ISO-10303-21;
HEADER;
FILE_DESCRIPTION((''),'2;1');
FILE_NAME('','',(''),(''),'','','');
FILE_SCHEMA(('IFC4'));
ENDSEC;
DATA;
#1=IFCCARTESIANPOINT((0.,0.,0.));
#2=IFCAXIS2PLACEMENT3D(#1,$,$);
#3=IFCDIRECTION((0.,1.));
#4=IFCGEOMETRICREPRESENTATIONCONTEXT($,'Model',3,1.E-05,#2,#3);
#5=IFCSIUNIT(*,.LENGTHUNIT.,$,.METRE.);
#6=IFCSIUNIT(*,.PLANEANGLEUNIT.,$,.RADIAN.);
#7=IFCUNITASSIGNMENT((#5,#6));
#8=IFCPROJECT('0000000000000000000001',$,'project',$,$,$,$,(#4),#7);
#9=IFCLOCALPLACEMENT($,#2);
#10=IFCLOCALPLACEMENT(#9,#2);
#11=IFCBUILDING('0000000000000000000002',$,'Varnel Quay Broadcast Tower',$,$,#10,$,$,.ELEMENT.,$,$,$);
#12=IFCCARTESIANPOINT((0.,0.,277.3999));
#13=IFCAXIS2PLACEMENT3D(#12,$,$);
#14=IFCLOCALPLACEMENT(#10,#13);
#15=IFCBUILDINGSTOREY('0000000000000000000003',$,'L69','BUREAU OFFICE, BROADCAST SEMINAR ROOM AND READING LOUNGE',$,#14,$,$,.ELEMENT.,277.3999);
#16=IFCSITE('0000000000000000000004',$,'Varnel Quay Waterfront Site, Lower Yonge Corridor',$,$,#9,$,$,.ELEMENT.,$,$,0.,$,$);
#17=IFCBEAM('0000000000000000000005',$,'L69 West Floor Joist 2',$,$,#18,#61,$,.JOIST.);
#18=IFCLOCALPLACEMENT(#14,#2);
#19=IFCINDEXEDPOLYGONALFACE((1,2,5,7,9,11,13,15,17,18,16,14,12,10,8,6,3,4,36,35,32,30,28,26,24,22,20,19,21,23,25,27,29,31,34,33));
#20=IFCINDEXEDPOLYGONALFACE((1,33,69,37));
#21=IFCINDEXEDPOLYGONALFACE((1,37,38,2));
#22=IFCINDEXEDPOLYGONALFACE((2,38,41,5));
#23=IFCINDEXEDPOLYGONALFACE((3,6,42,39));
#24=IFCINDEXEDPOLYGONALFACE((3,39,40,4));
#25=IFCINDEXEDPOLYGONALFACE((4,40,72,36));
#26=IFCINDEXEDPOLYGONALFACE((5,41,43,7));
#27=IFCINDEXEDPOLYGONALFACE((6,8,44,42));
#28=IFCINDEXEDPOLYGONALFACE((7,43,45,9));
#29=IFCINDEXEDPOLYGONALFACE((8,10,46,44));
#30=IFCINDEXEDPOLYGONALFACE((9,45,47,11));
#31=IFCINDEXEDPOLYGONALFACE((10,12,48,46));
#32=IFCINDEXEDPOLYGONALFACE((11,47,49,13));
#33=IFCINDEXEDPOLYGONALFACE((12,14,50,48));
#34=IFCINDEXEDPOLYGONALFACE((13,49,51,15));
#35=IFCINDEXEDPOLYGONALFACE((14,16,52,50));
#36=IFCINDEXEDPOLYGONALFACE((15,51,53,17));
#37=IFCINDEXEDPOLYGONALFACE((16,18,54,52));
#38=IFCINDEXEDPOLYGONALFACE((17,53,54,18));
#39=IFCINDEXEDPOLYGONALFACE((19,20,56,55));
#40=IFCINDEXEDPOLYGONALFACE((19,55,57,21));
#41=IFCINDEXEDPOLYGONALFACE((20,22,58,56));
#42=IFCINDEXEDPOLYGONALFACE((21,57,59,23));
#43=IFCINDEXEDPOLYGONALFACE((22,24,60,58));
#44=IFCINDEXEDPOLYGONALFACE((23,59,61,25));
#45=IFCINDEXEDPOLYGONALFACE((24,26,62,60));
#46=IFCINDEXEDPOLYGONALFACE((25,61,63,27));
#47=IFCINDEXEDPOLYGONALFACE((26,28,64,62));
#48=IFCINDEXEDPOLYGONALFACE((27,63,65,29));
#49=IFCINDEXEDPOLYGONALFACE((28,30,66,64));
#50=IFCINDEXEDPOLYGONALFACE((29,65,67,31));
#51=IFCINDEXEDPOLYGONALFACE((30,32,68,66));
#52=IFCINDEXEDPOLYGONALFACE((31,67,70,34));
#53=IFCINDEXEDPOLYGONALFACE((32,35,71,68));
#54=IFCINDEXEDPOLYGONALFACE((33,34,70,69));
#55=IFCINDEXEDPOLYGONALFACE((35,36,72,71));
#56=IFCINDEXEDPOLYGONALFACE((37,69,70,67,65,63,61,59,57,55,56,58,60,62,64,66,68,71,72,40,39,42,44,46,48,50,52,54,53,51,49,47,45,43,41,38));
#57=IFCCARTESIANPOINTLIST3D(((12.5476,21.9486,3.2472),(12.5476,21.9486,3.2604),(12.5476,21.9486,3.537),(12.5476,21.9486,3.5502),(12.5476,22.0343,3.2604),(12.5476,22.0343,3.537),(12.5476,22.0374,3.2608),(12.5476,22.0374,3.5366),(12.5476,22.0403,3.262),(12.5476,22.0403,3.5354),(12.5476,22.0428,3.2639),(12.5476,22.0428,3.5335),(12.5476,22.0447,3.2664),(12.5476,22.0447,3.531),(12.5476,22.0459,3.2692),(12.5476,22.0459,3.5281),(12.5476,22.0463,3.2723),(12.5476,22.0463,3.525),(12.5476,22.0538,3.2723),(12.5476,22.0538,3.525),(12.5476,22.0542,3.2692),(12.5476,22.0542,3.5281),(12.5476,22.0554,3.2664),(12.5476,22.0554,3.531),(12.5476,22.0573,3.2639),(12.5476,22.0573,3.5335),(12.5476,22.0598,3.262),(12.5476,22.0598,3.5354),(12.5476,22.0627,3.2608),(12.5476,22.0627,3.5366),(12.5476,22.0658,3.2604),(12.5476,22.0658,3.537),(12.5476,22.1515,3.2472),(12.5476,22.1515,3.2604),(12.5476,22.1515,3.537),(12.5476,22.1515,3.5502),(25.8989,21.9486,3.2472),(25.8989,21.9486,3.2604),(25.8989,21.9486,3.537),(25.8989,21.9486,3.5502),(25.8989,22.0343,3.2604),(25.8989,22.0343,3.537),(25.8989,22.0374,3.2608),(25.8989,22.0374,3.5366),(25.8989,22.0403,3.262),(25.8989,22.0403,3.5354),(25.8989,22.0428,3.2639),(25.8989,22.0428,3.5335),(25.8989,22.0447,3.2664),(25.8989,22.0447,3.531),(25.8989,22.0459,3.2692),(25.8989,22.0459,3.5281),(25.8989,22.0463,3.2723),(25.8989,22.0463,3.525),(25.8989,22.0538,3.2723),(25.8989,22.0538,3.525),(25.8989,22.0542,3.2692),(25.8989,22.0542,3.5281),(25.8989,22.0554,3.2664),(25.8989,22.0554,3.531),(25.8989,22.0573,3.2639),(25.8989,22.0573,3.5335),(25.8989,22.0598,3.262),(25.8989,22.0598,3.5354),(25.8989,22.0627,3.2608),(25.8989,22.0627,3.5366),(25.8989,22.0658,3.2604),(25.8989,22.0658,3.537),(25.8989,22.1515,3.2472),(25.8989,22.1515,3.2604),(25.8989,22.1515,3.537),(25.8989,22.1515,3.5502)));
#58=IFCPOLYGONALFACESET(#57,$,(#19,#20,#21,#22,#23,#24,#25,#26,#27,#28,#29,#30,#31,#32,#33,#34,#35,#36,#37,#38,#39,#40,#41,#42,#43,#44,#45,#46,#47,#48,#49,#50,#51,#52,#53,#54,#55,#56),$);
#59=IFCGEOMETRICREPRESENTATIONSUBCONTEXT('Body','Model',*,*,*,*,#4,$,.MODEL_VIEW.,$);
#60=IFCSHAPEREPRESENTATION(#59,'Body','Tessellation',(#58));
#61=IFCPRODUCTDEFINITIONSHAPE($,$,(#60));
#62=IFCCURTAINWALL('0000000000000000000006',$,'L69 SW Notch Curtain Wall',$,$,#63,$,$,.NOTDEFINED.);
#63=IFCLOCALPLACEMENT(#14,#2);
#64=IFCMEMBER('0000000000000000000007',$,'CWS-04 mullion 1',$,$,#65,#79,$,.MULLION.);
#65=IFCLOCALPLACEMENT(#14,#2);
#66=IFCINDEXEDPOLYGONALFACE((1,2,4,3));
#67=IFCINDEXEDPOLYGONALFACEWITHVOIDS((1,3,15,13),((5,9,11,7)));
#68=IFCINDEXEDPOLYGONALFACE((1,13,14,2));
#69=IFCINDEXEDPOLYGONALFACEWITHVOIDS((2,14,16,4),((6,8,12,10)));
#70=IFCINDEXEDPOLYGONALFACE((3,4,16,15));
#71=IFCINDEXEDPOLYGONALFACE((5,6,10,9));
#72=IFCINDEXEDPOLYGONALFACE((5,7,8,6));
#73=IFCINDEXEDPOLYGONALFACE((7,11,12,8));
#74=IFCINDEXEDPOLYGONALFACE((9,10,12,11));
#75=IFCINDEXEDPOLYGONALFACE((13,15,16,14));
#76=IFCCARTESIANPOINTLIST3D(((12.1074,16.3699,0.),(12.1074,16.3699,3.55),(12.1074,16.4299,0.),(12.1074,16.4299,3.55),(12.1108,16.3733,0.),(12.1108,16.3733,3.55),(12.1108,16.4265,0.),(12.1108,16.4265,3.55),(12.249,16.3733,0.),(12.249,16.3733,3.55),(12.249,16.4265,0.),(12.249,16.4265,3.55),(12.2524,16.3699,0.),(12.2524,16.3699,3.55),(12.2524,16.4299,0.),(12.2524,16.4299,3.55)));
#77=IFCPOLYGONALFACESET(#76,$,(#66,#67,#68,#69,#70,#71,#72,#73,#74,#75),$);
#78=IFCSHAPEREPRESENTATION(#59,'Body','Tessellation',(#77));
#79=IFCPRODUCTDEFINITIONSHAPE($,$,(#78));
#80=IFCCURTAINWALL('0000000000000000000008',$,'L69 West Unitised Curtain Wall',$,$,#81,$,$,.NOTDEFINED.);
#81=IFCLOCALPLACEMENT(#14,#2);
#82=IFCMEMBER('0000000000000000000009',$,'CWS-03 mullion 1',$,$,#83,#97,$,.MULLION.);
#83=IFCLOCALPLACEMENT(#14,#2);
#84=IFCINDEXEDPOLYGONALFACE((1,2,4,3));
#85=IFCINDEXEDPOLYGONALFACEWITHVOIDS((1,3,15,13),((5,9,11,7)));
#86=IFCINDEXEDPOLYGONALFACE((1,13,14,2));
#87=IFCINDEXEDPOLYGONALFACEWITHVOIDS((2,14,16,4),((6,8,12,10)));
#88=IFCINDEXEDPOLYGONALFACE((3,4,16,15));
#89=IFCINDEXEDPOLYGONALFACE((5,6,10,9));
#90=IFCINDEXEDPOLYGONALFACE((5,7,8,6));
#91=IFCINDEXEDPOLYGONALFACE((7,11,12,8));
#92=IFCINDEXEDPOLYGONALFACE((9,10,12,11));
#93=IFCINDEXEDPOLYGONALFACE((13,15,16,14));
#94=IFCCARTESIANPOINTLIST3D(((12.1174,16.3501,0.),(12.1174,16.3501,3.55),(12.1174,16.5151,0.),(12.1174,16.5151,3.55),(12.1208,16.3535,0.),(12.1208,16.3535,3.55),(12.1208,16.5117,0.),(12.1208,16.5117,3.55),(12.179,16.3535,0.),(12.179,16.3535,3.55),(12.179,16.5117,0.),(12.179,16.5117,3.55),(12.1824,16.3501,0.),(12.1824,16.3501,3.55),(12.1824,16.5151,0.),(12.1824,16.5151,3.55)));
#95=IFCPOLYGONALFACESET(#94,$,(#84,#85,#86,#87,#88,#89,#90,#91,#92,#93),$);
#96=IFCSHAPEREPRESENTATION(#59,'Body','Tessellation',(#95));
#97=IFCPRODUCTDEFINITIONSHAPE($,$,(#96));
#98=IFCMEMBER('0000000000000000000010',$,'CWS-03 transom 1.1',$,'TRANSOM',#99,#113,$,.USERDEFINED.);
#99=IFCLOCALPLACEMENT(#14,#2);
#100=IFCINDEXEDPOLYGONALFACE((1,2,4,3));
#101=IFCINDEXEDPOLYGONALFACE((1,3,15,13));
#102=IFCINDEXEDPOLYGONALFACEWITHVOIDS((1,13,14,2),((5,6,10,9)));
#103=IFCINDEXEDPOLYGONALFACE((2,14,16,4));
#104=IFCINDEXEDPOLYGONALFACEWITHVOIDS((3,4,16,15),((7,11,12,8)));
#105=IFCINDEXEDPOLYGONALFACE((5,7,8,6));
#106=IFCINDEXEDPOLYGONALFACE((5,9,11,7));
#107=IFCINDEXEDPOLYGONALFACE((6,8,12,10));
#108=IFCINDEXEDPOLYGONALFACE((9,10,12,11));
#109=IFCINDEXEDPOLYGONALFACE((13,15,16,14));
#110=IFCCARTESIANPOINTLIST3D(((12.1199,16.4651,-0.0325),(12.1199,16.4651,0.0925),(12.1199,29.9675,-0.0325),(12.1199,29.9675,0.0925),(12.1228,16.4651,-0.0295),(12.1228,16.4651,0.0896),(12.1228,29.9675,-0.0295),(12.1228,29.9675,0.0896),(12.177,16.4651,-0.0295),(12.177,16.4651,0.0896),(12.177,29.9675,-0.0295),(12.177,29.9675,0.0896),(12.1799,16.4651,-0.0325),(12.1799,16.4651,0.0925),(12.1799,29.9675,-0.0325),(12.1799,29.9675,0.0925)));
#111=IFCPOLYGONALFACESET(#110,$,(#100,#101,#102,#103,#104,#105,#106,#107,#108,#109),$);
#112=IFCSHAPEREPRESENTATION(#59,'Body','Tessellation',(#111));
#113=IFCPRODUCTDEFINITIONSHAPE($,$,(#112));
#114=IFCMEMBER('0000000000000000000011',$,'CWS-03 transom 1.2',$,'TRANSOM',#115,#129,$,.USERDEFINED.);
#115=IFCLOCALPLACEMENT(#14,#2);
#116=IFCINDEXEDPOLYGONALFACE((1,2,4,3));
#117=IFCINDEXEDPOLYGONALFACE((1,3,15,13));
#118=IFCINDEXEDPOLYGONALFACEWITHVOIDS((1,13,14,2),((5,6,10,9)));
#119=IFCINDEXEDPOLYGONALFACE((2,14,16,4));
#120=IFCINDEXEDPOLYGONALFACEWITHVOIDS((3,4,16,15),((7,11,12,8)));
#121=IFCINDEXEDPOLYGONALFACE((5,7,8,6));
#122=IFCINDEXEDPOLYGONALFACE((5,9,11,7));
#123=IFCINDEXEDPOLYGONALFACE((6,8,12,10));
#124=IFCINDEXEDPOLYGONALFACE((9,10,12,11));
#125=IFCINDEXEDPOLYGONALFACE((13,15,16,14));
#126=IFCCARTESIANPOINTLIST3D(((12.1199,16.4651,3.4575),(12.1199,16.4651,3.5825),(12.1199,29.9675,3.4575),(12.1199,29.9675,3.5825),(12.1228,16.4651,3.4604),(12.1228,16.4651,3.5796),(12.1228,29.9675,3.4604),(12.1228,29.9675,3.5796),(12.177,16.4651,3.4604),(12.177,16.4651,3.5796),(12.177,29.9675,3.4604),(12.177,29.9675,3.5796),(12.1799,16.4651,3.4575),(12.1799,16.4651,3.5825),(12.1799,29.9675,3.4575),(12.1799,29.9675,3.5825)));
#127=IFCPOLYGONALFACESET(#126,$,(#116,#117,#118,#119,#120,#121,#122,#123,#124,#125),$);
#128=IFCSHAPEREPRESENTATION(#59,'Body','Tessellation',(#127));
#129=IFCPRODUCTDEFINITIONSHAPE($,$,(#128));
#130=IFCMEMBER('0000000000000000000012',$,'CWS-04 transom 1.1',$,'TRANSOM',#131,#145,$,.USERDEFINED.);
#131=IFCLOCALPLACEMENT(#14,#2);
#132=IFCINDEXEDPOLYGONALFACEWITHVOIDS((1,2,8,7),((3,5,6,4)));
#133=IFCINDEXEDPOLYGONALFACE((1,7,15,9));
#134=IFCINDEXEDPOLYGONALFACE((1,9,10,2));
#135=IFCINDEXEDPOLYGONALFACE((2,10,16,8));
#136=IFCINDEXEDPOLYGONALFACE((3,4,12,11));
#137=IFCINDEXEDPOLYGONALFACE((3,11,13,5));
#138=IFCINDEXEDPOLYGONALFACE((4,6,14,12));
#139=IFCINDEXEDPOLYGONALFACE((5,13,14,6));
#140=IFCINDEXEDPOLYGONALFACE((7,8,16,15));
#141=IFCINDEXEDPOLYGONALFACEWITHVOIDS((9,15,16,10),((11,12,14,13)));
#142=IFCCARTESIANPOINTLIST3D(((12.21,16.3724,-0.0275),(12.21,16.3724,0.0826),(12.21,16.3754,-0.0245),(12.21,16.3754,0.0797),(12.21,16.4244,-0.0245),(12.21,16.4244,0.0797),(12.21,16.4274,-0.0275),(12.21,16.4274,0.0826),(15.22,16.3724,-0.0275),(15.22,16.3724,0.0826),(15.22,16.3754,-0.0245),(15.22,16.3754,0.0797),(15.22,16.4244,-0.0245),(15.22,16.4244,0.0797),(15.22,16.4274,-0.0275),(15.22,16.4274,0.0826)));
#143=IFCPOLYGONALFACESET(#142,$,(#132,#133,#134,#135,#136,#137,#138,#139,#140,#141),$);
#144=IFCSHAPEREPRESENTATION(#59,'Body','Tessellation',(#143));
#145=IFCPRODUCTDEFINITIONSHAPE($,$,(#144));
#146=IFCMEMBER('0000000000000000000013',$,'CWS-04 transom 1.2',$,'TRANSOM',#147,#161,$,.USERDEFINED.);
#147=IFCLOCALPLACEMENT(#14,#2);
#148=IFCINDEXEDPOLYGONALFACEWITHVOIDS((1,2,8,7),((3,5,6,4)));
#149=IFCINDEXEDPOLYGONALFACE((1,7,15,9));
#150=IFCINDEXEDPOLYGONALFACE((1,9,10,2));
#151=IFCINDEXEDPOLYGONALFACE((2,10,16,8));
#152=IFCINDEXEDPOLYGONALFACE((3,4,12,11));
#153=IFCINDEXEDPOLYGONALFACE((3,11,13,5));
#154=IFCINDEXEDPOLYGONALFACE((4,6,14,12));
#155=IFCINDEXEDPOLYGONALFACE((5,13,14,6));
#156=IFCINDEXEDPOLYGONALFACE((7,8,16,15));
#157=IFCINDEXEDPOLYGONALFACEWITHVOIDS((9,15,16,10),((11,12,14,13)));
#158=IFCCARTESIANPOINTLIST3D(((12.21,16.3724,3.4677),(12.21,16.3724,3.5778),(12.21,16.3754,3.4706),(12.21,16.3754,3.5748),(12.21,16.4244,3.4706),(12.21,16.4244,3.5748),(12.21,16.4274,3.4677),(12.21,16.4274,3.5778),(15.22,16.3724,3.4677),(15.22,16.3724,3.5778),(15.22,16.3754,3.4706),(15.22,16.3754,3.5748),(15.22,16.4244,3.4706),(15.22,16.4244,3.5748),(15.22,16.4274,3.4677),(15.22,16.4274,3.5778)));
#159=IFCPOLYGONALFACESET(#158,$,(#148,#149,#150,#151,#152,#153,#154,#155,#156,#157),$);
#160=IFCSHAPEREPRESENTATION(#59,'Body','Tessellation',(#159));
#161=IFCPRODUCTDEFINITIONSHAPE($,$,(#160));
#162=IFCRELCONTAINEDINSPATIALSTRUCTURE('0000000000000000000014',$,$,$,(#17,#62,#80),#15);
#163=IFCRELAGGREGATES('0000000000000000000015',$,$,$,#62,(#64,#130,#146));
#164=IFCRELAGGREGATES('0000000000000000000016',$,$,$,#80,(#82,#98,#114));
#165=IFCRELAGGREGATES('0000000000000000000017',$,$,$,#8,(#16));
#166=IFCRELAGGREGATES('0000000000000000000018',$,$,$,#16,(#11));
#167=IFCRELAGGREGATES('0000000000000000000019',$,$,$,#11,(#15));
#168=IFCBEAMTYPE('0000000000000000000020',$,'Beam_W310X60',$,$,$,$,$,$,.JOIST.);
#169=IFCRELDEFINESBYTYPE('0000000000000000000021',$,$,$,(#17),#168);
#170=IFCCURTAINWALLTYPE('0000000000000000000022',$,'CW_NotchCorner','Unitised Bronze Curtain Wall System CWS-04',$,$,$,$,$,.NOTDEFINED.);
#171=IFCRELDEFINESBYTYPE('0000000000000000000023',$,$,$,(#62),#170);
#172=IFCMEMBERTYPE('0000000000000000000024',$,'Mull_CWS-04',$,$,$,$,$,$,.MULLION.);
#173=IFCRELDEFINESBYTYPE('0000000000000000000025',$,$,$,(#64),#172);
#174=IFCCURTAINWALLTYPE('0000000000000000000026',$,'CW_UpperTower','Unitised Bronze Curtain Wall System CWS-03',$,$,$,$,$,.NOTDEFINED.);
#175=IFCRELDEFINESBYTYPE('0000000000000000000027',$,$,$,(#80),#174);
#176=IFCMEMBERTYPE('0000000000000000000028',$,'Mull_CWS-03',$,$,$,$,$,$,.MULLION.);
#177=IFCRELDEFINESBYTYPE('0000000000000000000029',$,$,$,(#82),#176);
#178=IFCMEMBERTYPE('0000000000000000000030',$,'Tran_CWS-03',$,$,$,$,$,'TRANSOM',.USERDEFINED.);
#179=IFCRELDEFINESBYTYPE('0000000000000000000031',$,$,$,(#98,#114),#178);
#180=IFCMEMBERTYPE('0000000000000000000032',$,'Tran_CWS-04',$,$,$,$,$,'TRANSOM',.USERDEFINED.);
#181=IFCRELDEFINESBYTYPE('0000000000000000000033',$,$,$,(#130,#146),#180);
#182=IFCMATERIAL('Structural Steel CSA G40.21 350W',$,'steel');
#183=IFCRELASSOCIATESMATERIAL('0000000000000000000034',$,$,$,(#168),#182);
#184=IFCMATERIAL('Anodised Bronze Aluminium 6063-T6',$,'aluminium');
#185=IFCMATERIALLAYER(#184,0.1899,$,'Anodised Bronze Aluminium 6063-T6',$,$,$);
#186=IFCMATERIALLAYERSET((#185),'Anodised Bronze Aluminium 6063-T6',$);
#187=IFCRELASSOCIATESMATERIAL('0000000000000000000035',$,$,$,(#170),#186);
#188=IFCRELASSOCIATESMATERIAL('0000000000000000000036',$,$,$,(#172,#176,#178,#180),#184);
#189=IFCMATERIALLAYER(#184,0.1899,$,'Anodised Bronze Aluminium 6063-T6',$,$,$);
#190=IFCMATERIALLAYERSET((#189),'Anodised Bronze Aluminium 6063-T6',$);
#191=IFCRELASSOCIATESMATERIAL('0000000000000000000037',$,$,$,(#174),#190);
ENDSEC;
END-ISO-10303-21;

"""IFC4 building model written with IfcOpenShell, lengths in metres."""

from ifc_helpers import new_model, si_unit, direction, frame, origin, origin_2d, place, context, subcontext, project, spatial, hollow_rectangle, i_section, extrude, source, transform, mapped, material, layer, layer_set, material_profile, profile_set, type_object, type_shapes, element, aggregate, save


model = new_model("IFC4")

# Units and contexts
model_context = context("Model", 3, precision=1e-05, world=origin(), true_north=direction((0.0, 1.0)))
body_context = subcontext(model_context, "Body", "Model", "MODEL_VIEW")
ifc_project = project(units=[si_unit("LENGTHUNIT", "METRE"), si_unit("PLANEANGLEUNIT", "RADIAN")], contexts=[model_context])

# Site, building, storey
site_placement = place(None, origin())
site = spatial("IfcSite", under=ifc_project, at=site_placement, Name="Varnel Quay Waterfront Site, Lower Yonge Corridor", CompositionType="ELEMENT", RefElevation=0.0)
building_placement = place(site_placement, origin())
building = spatial("IfcBuilding", under=site, at=building_placement, Name="Varnel Quay Broadcast Tower", CompositionType="ELEMENT")
storey_placement = place(building_placement, frame((0.0, 0.0, 277.3999)))
storey = spatial("IfcBuildingStorey", under=building, at=storey_placement, Name="L69", Description="BUREAU OFFICE, BROADCAST SEMINAR ROOM AND READING LOUNGE", CompositionType="ELEMENT", Elevation=277.3999)

# Shared definitions
ifc_material_1 = material(Name="Structural Steel CSA G40.21 350W", Category="steel")

# Beam
ifc_material_profile_1 = material_profile(ifc_material_1, i_section(OverallWidth=0.2029, OverallDepth=0.303, WebThickness=0.0076, FlangeThickness=0.0132, FilletRadius=0.012, at=origin_2d()), Name="W310X60")
ifc_profile_set_1 = profile_set([ifc_material_profile_1], Name="Structural Steel CSA G40.21 350W")
beam_type_1 = type_object("IfcBeamType", Name="Beam_W310X60", PredefinedType="JOIST", material=ifc_profile_set_1)
shared_shape_1 = source(origin(), body_context, "Body", "SweptSolid", [
    extrude(i_section(OverallWidth=0.2029, OverallDepth=0.303, WebThickness=0.0076, FlangeThickness=0.0132, FilletRadius=0.012, at=origin_2d()), origin(), (0.0, 0.0, 1.0), 13.3513),
])
type_shapes(beam_type_1, [shared_shape_1])
beam_1_placement = place(storey_placement, frame((12.5476, 22.05, 3.3987), z_axis=(1.0, 0.0, 0.0), x_axis=(0.0, 1.0, 0.0)))
element("IfcBeam", 1, at=beam_1_placement, inside=storey, type_object=beam_type_1, Name="L69 West Floor Joist 2", PredefinedType="JOIST", context=body_context, shape_type="MappedRepresentation", body=[
    mapped(shared_shape_1, transform((0.0, 0.0, 0.0), x_axis=(1.0, 0.0, 0.0), y_axis=(0.0, 1.0, 0.0), z_axis=(0.0, 0.0, 1.0), scale=1.0)),
])

# Curtain wall, member
ifc_material_2 = material(Name="Anodised Bronze Aluminium 6063-T6", Category="aluminium")
ifc_layer_1 = layer(ifc_material_2, 0.1899, Name="Anodised Bronze Aluminium 6063-T6")
ifc_layer_set_1 = layer_set([ifc_layer_1], Name="Anodised Bronze Aluminium 6063-T6")
curtain_wall_type_1 = type_object("IfcCurtainWallType", Name="CW_NotchCorner", Description="Unitised Bronze Curtain Wall System CWS-04", PredefinedType="NOTDEFINED", material=ifc_layer_set_1)
curtain_wall_1_placement = place(storey_placement, origin())
curtain_wall_1 = element("IfcCurtainWall", 2, at=curtain_wall_1_placement, inside=storey, type_object=curtain_wall_type_1, Name="L69 SW Notch Curtain Wall", PredefinedType="NOTDEFINED")
ifc_material_profile_2 = material_profile(ifc_material_2, hollow_rectangle(XDim=0.0601, YDim=0.145, WallThickness=0.0034, at=origin_2d()), Name="ALU60X145X3.5")
ifc_profile_set_2 = profile_set([ifc_material_profile_2], Name="Anodised Bronze Aluminium 6063-T6")
member_type_1 = type_object("IfcMemberType", Name="Mull_CWS-04", PredefinedType="MULLION", material=ifc_profile_set_2)
shared_shape_2 = source(origin(), body_context, "Body", "SweptSolid", [
    extrude(hollow_rectangle(XDim=0.0601, YDim=0.145, WallThickness=0.0034, at=origin_2d()), origin(), (0.0, 0.0, 1.0), 3.55),
])
type_shapes(member_type_1, [shared_shape_2])
member_1_placement = place(storey_placement, frame((12.1799, 16.3999, 0.0), z_axis=(0.0, 0.0, 1.0), x_axis=(0.0, 1.0, 0.0)))
member_1 = element("IfcMember", 3, at=member_1_placement, type_object=member_type_1, Name="CWS-04 mullion 1", PredefinedType="MULLION", context=body_context, shape_type="MappedRepresentation", body=[
    mapped(shared_shape_2, transform((0.0, 0.0, 0.0), x_axis=(1.0, 0.0, 0.0), y_axis=(0.0, 1.0, 0.0), z_axis=(0.0, 0.0, 1.0), scale=1.0)),
])

# Curtain wall, members
ifc_layer_2 = layer(ifc_material_2, 0.1899, Name="Anodised Bronze Aluminium 6063-T6")
ifc_layer_set_2 = layer_set([ifc_layer_2], Name="Anodised Bronze Aluminium 6063-T6")
curtain_wall_type_2 = type_object("IfcCurtainWallType", Name="CW_UpperTower", Description="Unitised Bronze Curtain Wall System CWS-03", PredefinedType="NOTDEFINED", material=ifc_layer_set_2)
curtain_wall_2_placement = place(storey_placement, origin())
curtain_wall_2 = element("IfcCurtainWall", 4, at=curtain_wall_2_placement, inside=storey, type_object=curtain_wall_type_2, Name="L69 West Unitised Curtain Wall", PredefinedType="NOTDEFINED")
ifc_material_profile_3 = material_profile(ifc_material_2, hollow_rectangle(XDim=0.0649, YDim=0.165, WallThickness=0.0034, at=origin_2d()), Name="ALU65X165X3.5")
ifc_profile_set_3 = profile_set([ifc_material_profile_3], Name="Anodised Bronze Aluminium 6063-T6")
member_type_2 = type_object("IfcMemberType", Name="Mull_CWS-03", PredefinedType="MULLION", material=ifc_profile_set_3)
shared_shape_3 = source(origin(), body_context, "Body", "SweptSolid", [
    extrude(hollow_rectangle(XDim=0.0649, YDim=0.165, WallThickness=0.0034, at=origin_2d()), origin(), (0.0, 0.0, 1.0), 3.55),
])
type_shapes(member_type_2, [shared_shape_3])
member_2_placement = place(storey_placement, frame((12.1499, 16.4326, 0.0), z_axis=(0.0, 0.0, 1.0), x_axis=(-1.0, 0.0, 0.0)))
member_2 = element("IfcMember", 5, at=member_2_placement, type_object=member_type_2, Name="CWS-03 mullion 1", PredefinedType="MULLION", context=body_context, shape_type="MappedRepresentation", body=[
    mapped(shared_shape_3, transform((0.0, 0.0, 0.0), x_axis=(1.0, 0.0, 0.0), y_axis=(0.0, 1.0, 0.0), z_axis=(0.0, 0.0, 1.0), scale=1.0)),
])
ifc_material_profile_4 = material_profile(ifc_material_2, hollow_rectangle(XDim=0.0601, YDim=0.125, WallThickness=0.0029, at=origin_2d()), Name="ALU60X125X3")
ifc_profile_set_4 = profile_set([ifc_material_profile_4], Name="Anodised Bronze Aluminium 6063-T6")
member_type_3 = type_object("IfcMemberType", Name="Tran_CWS-03", ElementType="TRANSOM", PredefinedType="USERDEFINED", material=ifc_profile_set_4)
shared_shape_4 = source(origin(), body_context, "Body", "SweptSolid", [
    extrude(hollow_rectangle(XDim=0.0601, YDim=0.125, WallThickness=0.0029, at=origin_2d()), origin(), (0.0, 0.0, 1.0), 13.5024),
])
type_shapes(member_type_3, [shared_shape_4])
member_3_placement = place(storey_placement, frame((12.1499, 16.4651, 0.03), z_axis=(0.0, 1.0, 0.0), x_axis=(-1.0, 0.0, 0.0)))
member_3 = element("IfcMember", 6, at=member_3_placement, type_object=member_type_3, Name="CWS-03 transom 1.1", ObjectType="TRANSOM", PredefinedType="USERDEFINED", context=body_context, shape_type="MappedRepresentation", body=[
    mapped(shared_shape_4, transform((0.0, 0.0, 0.0), x_axis=(1.0, 0.0, 0.0), y_axis=(0.0, 1.0, 0.0), z_axis=(0.0, 0.0, 1.0), scale=1.0)),
])
member_4_placement = place(storey_placement, frame((12.1499, 16.4651, 3.52), z_axis=(0.0, 1.0, 0.0), x_axis=(-1.0, 0.0, 0.0)))
member_4 = element("IfcMember", 7, at=member_4_placement, type_object=member_type_3, Name="CWS-03 transom 1.2", ObjectType="TRANSOM", PredefinedType="USERDEFINED", context=body_context, shape_type="MappedRepresentation", body=[
    mapped(shared_shape_4, transform((0.0, 0.0, 0.0), x_axis=(1.0, 0.0, 0.0), y_axis=(0.0, 1.0, 0.0), z_axis=(0.0, 0.0, 1.0), scale=1.0)),
])

# Members
ifc_material_profile_5 = material_profile(ifc_material_2, hollow_rectangle(XDim=0.0549, YDim=0.1101, WallThickness=0.0029, at=origin_2d()), Name="ALU55X110X3")
ifc_profile_set_5 = profile_set([ifc_material_profile_5], Name="Anodised Bronze Aluminium 6063-T6")
member_type_4 = type_object("IfcMemberType", Name="Tran_CWS-04", ElementType="TRANSOM", PredefinedType="USERDEFINED", material=ifc_profile_set_5)
shared_shape_5 = source(origin(), body_context, "Body", "SweptSolid", [
    extrude(hollow_rectangle(XDim=0.0549, YDim=0.1101, WallThickness=0.0029, at=origin_2d()), origin(), (0.0, 0.0, 1.0), 3.01),
])
type_shapes(member_type_4, [shared_shape_5])
member_5_placement = place(storey_placement, frame((12.21, 16.3999, 0.0276), z_axis=(1.0, 0.0, 0.0), x_axis=(0.0, 1.0, 0.0)))
member_5 = element("IfcMember", 8, at=member_5_placement, type_object=member_type_4, Name="CWS-04 transom 1.1", ObjectType="TRANSOM", PredefinedType="USERDEFINED", context=body_context, shape_type="MappedRepresentation", body=[
    mapped(shared_shape_5, transform((0.0, 0.0, 0.0), x_axis=(1.0, 0.0, 0.0), y_axis=(0.0, 1.0, 0.0), z_axis=(0.0, 0.0, 1.0), scale=1.0)),
])
member_6_placement = place(storey_placement, frame((12.21, 16.3999, 3.5227), z_axis=(1.0, 0.0, 0.0), x_axis=(0.0, 1.0, 0.0)))
member_6 = element("IfcMember", 9, at=member_6_placement, type_object=member_type_4, Name="CWS-04 transom 1.2", ObjectType="TRANSOM", PredefinedType="USERDEFINED", context=body_context, shape_type="MappedRepresentation", body=[
    mapped(shared_shape_5, transform((0.0, 0.0, 0.0), x_axis=(1.0, 0.0, 0.0), y_axis=(0.0, 1.0, 0.0), z_axis=(0.0, 0.0, 1.0), scale=1.0)),
])
aggregate(curtain_wall_1, [member_1, member_5, member_6])

aggregate(curtain_wall_2, [member_2, member_3, member_4])

save(model, "model.ifc")
